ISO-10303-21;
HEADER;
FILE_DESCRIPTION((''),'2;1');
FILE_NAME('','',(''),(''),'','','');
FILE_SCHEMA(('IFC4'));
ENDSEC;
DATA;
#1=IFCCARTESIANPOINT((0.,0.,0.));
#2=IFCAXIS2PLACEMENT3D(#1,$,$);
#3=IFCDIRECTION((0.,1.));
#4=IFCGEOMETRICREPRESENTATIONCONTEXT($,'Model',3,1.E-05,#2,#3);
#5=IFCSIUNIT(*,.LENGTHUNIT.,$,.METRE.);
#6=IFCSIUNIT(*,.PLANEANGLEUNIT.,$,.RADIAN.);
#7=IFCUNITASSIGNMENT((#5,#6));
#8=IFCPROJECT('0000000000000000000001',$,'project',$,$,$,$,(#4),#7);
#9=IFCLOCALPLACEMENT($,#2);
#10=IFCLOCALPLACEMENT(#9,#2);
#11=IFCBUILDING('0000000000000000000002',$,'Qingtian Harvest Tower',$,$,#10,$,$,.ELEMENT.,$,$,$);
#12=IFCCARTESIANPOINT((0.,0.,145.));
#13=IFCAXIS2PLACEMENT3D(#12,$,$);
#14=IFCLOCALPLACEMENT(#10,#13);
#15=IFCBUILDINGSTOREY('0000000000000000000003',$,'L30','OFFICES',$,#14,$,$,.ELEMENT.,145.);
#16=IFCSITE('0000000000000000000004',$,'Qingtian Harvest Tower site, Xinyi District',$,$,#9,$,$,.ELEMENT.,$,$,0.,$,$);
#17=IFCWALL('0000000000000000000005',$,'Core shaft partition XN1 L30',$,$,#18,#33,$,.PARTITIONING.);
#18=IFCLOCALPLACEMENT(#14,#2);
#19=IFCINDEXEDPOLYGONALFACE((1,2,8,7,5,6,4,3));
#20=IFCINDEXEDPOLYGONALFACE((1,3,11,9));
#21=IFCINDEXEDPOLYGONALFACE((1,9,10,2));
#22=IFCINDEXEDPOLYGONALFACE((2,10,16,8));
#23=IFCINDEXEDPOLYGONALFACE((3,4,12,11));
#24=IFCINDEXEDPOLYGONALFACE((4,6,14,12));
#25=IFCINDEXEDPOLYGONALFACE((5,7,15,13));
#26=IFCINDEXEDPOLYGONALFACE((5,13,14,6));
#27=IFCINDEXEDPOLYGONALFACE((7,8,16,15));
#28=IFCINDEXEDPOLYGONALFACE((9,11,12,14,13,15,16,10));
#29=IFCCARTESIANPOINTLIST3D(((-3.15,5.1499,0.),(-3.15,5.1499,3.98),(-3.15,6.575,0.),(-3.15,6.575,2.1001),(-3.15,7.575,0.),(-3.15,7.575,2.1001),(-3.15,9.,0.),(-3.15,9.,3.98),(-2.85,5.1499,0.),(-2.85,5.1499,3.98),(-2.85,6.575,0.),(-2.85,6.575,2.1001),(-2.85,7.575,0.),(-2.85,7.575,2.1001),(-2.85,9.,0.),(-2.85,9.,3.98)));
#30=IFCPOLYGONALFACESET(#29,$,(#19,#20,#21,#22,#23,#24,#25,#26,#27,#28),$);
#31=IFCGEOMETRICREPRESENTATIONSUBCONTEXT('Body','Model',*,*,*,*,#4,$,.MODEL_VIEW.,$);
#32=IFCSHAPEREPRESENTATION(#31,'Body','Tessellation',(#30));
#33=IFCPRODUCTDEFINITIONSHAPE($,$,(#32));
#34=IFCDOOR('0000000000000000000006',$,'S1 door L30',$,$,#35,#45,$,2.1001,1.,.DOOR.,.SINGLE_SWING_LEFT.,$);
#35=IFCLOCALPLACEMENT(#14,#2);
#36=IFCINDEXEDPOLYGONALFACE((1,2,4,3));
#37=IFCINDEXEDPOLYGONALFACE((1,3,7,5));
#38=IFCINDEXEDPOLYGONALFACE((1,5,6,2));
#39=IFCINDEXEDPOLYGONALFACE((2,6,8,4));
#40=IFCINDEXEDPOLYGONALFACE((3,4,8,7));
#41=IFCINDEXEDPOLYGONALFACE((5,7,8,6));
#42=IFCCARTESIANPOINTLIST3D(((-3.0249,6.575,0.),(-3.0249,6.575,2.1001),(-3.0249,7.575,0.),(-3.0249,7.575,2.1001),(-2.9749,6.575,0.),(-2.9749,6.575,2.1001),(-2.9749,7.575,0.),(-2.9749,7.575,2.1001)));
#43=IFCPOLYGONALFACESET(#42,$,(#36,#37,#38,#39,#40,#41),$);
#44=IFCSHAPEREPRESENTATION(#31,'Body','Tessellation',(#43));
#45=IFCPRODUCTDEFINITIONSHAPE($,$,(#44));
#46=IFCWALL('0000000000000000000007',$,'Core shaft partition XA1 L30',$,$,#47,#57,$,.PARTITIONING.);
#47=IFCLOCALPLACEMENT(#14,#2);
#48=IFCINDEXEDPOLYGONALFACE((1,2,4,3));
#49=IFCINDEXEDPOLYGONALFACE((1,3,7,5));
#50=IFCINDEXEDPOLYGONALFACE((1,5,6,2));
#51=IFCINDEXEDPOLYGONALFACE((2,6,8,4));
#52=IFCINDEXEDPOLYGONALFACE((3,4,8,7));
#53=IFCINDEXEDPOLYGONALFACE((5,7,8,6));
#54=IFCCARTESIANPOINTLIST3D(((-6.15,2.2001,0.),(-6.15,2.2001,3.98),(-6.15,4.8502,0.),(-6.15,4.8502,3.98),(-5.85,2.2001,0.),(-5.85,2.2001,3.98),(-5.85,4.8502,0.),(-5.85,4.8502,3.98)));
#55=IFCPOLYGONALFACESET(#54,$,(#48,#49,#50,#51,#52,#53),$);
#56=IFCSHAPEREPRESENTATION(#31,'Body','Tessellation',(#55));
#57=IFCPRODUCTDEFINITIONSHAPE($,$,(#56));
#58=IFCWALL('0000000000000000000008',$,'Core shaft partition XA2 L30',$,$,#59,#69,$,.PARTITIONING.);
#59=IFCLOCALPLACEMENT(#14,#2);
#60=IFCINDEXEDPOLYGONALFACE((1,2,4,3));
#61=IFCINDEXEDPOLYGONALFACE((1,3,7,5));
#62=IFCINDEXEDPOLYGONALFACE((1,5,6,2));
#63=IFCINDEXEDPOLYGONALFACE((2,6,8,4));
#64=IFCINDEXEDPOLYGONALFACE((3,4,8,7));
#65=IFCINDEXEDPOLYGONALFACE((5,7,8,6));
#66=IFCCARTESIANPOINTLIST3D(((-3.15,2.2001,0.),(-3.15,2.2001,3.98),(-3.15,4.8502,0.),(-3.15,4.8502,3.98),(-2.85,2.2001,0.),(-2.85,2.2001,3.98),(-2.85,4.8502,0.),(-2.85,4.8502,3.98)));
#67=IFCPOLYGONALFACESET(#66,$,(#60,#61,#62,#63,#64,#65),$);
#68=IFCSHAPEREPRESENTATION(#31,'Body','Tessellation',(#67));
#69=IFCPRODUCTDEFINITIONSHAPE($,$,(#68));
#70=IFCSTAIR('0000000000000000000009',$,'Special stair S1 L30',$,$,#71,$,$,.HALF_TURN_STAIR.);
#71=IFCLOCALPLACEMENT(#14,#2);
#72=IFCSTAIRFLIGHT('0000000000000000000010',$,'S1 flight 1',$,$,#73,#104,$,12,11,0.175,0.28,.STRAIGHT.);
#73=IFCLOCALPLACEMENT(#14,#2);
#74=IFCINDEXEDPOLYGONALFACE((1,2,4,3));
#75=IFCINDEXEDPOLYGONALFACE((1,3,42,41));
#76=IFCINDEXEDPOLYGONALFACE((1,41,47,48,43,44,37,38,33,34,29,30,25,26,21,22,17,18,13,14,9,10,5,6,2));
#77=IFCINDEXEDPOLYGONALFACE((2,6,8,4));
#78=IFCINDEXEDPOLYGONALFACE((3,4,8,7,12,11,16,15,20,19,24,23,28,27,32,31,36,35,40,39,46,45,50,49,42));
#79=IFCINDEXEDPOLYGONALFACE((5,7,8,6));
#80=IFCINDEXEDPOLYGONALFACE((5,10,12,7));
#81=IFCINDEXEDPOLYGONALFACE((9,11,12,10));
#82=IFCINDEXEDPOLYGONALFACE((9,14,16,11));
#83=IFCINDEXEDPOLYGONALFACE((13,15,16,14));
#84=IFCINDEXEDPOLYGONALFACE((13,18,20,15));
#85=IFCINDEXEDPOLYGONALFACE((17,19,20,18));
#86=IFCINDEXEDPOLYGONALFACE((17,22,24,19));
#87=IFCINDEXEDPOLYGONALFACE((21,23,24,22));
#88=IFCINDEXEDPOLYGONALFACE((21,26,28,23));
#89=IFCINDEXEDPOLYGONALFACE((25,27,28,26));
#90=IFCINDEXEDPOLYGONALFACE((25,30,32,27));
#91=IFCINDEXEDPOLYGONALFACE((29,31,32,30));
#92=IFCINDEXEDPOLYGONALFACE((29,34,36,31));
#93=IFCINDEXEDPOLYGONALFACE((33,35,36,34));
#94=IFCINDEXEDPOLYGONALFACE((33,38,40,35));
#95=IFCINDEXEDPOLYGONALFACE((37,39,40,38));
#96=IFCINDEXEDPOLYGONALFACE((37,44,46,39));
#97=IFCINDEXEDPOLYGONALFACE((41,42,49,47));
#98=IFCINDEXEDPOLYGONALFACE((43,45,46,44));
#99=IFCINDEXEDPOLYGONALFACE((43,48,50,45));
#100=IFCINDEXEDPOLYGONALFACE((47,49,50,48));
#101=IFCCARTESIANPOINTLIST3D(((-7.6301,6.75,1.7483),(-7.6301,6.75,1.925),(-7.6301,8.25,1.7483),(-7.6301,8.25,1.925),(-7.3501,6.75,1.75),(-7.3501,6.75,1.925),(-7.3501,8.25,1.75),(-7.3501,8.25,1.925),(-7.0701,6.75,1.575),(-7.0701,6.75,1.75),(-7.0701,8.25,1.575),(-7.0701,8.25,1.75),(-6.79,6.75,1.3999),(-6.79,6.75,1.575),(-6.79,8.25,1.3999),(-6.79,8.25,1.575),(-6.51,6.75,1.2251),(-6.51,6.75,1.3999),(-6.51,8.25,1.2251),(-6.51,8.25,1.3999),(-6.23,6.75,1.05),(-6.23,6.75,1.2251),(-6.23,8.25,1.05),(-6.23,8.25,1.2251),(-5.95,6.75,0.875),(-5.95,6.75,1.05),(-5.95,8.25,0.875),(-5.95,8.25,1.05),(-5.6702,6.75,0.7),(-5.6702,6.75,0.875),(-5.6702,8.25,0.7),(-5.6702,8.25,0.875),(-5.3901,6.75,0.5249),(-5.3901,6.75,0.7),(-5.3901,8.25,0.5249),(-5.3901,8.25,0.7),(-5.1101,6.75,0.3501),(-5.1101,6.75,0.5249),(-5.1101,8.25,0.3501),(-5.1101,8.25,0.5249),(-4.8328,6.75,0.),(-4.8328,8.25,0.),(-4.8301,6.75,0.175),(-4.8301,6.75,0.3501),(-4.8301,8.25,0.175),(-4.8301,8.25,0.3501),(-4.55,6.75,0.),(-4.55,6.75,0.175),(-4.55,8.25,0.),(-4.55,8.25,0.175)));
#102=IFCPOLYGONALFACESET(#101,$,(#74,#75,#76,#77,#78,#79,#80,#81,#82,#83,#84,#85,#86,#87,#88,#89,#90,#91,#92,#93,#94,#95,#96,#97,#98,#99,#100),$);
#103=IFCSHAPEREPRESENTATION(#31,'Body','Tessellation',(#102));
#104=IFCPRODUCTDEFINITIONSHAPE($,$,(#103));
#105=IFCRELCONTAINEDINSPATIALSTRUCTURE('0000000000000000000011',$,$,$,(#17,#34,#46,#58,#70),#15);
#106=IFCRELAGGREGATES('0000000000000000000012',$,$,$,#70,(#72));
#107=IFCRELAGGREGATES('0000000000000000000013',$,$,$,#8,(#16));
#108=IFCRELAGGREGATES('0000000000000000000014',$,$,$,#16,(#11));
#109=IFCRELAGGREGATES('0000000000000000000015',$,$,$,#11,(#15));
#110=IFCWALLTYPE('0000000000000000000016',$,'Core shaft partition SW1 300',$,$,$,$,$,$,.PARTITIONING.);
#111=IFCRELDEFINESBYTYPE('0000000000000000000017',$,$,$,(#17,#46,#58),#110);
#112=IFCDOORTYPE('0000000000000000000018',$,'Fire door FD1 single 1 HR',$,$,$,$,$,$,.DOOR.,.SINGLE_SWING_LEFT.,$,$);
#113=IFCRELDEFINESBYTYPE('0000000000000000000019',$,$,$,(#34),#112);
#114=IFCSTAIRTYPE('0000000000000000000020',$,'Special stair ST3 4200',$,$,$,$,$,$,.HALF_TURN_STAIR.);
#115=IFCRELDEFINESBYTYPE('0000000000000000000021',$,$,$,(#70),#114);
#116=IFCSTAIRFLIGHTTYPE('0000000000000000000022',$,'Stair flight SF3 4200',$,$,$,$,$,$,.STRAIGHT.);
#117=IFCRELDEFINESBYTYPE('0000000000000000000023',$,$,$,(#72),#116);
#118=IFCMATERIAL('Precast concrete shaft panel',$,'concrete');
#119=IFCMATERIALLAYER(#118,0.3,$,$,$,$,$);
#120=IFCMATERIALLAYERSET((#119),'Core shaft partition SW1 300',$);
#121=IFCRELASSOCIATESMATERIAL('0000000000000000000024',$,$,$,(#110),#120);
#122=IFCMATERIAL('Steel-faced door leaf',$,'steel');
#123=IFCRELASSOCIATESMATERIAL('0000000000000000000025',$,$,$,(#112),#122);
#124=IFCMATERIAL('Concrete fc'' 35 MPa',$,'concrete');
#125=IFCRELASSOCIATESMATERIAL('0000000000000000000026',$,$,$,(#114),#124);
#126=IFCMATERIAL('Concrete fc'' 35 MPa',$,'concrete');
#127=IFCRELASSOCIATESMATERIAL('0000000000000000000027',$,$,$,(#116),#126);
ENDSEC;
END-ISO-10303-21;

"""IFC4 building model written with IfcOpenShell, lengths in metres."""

from ifc_helpers import new_model, si_unit, direction, frame, frame_2d, origin, place, context, subcontext, project, spatial, polyline, rectangle, outline, extrude, material, layer, layer_set, type_object, element, fill, aggregate, save


model = new_model("IFC4")

# Units and contexts
model_context = context("Model", 3, precision=1e-05, world=origin(), true_north=direction((0.0, 1.0)))
body_context = subcontext(model_context, "Body", "Model", "MODEL_VIEW")
ifc_project = project(units=[si_unit("LENGTHUNIT", "METRE"), si_unit("PLANEANGLEUNIT", "RADIAN")], contexts=[model_context])

# Site, building, storey
site_placement = place(None, origin())
site = spatial("IfcSite", under=ifc_project, at=site_placement, Name="Qingtian Harvest Tower site, Xinyi District", CompositionType="ELEMENT", RefElevation=0.0)
building_placement = place(site_placement, origin())
building = spatial("IfcBuilding", under=site, at=building_placement, Name="Qingtian Harvest Tower", CompositionType="ELEMENT")
storey_placement = place(building_placement, frame((0.0, 0.0, 145.0)))
storey = spatial("IfcBuildingStorey", under=building, at=storey_placement, Name="L30", Description="OFFICES", CompositionType="ELEMENT", Elevation=145.0)

# Wall, opening, door
ifc_material_1 = material(Name="Precast concrete shaft panel", Category="concrete")
ifc_layer_1 = layer(ifc_material_1, 0.3)
ifc_layer_set_1 = layer_set([ifc_layer_1], Name="Core shaft partition SW1 300")
wall_type_1 = type_object("IfcWallType", Name="Core shaft partition SW1 300", PredefinedType="PARTITIONING", material=ifc_layer_set_1)
wall_1_placement = place(storey_placement, frame((-3.0, 5.1499, 0.0), z_axis=(0.0, 0.0, 1.0), x_axis=(0.0, 1.0, 0.0)))
wall_1 = element("IfcWall", 1, at=wall_1_placement, inside=storey, type_object=wall_type_1, Name="Core shaft partition XN1 L30", PredefinedType="PARTITIONING", context=body_context, shape_type="SweptSolid", body=[
    extrude(rectangle(XDim=3.8501, YDim=0.3, at=frame_2d((1.925, 0.0))), origin(), (0.0, 0.0, 1.0), 3.98),
])
opening_1_placement = place(wall_1_placement, frame((1.425, 0.0, 0.0)))
opening_1 = element("IfcOpeningElement", 2, at=opening_1_placement, cuts=wall_1, PredefinedType="OPENING", context=body_context, shape_type="SweptSolid", body=[
    extrude(rectangle(XDim=1.0, YDim=2.1001, at=frame_2d((0.5, 1.05))), frame((0.0, 0.1599, 0.0), z_axis=(0.0, -1.0, 0.0), x_axis=(1.0, 0.0, 0.0)), (0.0, 0.0, 1.0), 0.3201),
])
ifc_material_2 = material(Name="Steel-faced door leaf", Category="steel")
door_type_1 = type_object("IfcDoorType", Name="Fire door FD1 single 1 HR", OperationType="SINGLE_SWING_LEFT", PredefinedType="DOOR", material=ifc_material_2)
door_1_placement = place(opening_1_placement, origin())
door_1 = element("IfcDoor", 3, at=door_1_placement, inside=storey, type_object=door_type_1, Name="S1 door L30", OperationType="SINGLE_SWING_LEFT", OverallHeight=2.1001, OverallWidth=1.0, PredefinedType="DOOR", context=body_context, shape_type="SweptSolid", body=[
    extrude(rectangle(XDim=1.0, YDim=2.1001, at=frame_2d((0.5, 1.05))), frame((0.0, 0.0249, 0.0), z_axis=(0.0, -1.0, 0.0), x_axis=(1.0, 0.0, 0.0)), (0.0, 0.0, 1.0), 0.05),
])
fill(opening_1, door_1)

# Walls
for number, where, z_axis, x_axis, name in (
    (4, (-6.0, 2.2, 0.0), (0.0, 0.0, 1.0), (0.0, 1.0, 0.0), "Core shaft partition XA1 L30"),
    (5, (-3.0, 2.2, 0.0), (0.0, 0.0, 1.0), (0.0, 1.0, 0.0), "Core shaft partition XA2 L30"),
):
    element("IfcWall", number, at=place(storey_placement, frame(where, z_axis=z_axis, x_axis=x_axis)), inside=storey, type_object=wall_type_1, Name=name, PredefinedType="PARTITIONING", context=body_context, shape_type="SweptSolid", body=[
        extrude(rectangle(XDim=2.6501, YDim=0.3, at=frame_2d((1.3252, 0.0))), origin(), (0.0, 0.0, 1.0), 3.98),
    ])

# Stair, stair flight
ifc_material_3 = material(Name="Concrete fc' 35 MPa", Category="concrete")
stair_type = type_object("IfcStairType", Name="Special stair ST3 4200", PredefinedType="HALF_TURN_STAIR", material=ifc_material_3)
stair_placement = place(storey_placement, origin())
stair = element("IfcStair", 6, at=stair_placement, inside=storey, type_object=stair_type, Name="Special stair S1 L30", PredefinedType="HALF_TURN_STAIR")
ifc_material_4 = material(Name="Concrete fc' 35 MPa", Category="concrete")
stair_flight_type = type_object("IfcStairFlightType", Name="Stair flight SF3 4200", PredefinedType="STRAIGHT", material=ifc_material_4)
stair_flight_placement = place(storey_placement, frame((-4.55, 7.5, 0.0), z_axis=(0.0, 0.0, 1.0), x_axis=(-1.0, 0.0, 0.0)))
stair_flight = element("IfcStairFlight", 7, at=stair_flight_placement, type_object=stair_flight_type, Name="S1 flight 1", NumberOfRisers=12, NumberOfTreads=11, PredefinedType="STRAIGHT", RiserHeight=0.175, TreadLength=0.28, context=body_context, shape_type="SweptSolid", body=[
    extrude(outline(polyline([(0.0, 0.0), (0.0, 0.175), (0.28, 0.175), (0.28, 0.3501), (0.5601, 0.3501), (0.5601, 0.5249), (0.8401, 0.5249), (0.8401, 0.7), (1.1201, 0.7), (1.1201, 0.875), (1.3999, 0.875), (1.3999, 1.05), (1.6799, 1.05), (1.6799, 1.2251), (1.96, 1.2251), (1.96, 1.3999), (2.24, 1.3999), (2.24, 1.575), (2.52, 1.575), (2.52, 1.75), (2.8, 1.75), (2.8, 1.925), (3.0801, 1.925), (3.0801, 2.1001), (3.0801, 1.7483), (0.2827, 0.0), (0.0, 0.0)])), frame((0.0, 0.75, 0.0), z_axis=(0.0, -1.0, 0.0), x_axis=(1.0, 0.0, 0.0)), (0.0, 0.0, 1.0), 1.5),
])
aggregate(stair, [stair_flight])

save(model, "model.ifc")
